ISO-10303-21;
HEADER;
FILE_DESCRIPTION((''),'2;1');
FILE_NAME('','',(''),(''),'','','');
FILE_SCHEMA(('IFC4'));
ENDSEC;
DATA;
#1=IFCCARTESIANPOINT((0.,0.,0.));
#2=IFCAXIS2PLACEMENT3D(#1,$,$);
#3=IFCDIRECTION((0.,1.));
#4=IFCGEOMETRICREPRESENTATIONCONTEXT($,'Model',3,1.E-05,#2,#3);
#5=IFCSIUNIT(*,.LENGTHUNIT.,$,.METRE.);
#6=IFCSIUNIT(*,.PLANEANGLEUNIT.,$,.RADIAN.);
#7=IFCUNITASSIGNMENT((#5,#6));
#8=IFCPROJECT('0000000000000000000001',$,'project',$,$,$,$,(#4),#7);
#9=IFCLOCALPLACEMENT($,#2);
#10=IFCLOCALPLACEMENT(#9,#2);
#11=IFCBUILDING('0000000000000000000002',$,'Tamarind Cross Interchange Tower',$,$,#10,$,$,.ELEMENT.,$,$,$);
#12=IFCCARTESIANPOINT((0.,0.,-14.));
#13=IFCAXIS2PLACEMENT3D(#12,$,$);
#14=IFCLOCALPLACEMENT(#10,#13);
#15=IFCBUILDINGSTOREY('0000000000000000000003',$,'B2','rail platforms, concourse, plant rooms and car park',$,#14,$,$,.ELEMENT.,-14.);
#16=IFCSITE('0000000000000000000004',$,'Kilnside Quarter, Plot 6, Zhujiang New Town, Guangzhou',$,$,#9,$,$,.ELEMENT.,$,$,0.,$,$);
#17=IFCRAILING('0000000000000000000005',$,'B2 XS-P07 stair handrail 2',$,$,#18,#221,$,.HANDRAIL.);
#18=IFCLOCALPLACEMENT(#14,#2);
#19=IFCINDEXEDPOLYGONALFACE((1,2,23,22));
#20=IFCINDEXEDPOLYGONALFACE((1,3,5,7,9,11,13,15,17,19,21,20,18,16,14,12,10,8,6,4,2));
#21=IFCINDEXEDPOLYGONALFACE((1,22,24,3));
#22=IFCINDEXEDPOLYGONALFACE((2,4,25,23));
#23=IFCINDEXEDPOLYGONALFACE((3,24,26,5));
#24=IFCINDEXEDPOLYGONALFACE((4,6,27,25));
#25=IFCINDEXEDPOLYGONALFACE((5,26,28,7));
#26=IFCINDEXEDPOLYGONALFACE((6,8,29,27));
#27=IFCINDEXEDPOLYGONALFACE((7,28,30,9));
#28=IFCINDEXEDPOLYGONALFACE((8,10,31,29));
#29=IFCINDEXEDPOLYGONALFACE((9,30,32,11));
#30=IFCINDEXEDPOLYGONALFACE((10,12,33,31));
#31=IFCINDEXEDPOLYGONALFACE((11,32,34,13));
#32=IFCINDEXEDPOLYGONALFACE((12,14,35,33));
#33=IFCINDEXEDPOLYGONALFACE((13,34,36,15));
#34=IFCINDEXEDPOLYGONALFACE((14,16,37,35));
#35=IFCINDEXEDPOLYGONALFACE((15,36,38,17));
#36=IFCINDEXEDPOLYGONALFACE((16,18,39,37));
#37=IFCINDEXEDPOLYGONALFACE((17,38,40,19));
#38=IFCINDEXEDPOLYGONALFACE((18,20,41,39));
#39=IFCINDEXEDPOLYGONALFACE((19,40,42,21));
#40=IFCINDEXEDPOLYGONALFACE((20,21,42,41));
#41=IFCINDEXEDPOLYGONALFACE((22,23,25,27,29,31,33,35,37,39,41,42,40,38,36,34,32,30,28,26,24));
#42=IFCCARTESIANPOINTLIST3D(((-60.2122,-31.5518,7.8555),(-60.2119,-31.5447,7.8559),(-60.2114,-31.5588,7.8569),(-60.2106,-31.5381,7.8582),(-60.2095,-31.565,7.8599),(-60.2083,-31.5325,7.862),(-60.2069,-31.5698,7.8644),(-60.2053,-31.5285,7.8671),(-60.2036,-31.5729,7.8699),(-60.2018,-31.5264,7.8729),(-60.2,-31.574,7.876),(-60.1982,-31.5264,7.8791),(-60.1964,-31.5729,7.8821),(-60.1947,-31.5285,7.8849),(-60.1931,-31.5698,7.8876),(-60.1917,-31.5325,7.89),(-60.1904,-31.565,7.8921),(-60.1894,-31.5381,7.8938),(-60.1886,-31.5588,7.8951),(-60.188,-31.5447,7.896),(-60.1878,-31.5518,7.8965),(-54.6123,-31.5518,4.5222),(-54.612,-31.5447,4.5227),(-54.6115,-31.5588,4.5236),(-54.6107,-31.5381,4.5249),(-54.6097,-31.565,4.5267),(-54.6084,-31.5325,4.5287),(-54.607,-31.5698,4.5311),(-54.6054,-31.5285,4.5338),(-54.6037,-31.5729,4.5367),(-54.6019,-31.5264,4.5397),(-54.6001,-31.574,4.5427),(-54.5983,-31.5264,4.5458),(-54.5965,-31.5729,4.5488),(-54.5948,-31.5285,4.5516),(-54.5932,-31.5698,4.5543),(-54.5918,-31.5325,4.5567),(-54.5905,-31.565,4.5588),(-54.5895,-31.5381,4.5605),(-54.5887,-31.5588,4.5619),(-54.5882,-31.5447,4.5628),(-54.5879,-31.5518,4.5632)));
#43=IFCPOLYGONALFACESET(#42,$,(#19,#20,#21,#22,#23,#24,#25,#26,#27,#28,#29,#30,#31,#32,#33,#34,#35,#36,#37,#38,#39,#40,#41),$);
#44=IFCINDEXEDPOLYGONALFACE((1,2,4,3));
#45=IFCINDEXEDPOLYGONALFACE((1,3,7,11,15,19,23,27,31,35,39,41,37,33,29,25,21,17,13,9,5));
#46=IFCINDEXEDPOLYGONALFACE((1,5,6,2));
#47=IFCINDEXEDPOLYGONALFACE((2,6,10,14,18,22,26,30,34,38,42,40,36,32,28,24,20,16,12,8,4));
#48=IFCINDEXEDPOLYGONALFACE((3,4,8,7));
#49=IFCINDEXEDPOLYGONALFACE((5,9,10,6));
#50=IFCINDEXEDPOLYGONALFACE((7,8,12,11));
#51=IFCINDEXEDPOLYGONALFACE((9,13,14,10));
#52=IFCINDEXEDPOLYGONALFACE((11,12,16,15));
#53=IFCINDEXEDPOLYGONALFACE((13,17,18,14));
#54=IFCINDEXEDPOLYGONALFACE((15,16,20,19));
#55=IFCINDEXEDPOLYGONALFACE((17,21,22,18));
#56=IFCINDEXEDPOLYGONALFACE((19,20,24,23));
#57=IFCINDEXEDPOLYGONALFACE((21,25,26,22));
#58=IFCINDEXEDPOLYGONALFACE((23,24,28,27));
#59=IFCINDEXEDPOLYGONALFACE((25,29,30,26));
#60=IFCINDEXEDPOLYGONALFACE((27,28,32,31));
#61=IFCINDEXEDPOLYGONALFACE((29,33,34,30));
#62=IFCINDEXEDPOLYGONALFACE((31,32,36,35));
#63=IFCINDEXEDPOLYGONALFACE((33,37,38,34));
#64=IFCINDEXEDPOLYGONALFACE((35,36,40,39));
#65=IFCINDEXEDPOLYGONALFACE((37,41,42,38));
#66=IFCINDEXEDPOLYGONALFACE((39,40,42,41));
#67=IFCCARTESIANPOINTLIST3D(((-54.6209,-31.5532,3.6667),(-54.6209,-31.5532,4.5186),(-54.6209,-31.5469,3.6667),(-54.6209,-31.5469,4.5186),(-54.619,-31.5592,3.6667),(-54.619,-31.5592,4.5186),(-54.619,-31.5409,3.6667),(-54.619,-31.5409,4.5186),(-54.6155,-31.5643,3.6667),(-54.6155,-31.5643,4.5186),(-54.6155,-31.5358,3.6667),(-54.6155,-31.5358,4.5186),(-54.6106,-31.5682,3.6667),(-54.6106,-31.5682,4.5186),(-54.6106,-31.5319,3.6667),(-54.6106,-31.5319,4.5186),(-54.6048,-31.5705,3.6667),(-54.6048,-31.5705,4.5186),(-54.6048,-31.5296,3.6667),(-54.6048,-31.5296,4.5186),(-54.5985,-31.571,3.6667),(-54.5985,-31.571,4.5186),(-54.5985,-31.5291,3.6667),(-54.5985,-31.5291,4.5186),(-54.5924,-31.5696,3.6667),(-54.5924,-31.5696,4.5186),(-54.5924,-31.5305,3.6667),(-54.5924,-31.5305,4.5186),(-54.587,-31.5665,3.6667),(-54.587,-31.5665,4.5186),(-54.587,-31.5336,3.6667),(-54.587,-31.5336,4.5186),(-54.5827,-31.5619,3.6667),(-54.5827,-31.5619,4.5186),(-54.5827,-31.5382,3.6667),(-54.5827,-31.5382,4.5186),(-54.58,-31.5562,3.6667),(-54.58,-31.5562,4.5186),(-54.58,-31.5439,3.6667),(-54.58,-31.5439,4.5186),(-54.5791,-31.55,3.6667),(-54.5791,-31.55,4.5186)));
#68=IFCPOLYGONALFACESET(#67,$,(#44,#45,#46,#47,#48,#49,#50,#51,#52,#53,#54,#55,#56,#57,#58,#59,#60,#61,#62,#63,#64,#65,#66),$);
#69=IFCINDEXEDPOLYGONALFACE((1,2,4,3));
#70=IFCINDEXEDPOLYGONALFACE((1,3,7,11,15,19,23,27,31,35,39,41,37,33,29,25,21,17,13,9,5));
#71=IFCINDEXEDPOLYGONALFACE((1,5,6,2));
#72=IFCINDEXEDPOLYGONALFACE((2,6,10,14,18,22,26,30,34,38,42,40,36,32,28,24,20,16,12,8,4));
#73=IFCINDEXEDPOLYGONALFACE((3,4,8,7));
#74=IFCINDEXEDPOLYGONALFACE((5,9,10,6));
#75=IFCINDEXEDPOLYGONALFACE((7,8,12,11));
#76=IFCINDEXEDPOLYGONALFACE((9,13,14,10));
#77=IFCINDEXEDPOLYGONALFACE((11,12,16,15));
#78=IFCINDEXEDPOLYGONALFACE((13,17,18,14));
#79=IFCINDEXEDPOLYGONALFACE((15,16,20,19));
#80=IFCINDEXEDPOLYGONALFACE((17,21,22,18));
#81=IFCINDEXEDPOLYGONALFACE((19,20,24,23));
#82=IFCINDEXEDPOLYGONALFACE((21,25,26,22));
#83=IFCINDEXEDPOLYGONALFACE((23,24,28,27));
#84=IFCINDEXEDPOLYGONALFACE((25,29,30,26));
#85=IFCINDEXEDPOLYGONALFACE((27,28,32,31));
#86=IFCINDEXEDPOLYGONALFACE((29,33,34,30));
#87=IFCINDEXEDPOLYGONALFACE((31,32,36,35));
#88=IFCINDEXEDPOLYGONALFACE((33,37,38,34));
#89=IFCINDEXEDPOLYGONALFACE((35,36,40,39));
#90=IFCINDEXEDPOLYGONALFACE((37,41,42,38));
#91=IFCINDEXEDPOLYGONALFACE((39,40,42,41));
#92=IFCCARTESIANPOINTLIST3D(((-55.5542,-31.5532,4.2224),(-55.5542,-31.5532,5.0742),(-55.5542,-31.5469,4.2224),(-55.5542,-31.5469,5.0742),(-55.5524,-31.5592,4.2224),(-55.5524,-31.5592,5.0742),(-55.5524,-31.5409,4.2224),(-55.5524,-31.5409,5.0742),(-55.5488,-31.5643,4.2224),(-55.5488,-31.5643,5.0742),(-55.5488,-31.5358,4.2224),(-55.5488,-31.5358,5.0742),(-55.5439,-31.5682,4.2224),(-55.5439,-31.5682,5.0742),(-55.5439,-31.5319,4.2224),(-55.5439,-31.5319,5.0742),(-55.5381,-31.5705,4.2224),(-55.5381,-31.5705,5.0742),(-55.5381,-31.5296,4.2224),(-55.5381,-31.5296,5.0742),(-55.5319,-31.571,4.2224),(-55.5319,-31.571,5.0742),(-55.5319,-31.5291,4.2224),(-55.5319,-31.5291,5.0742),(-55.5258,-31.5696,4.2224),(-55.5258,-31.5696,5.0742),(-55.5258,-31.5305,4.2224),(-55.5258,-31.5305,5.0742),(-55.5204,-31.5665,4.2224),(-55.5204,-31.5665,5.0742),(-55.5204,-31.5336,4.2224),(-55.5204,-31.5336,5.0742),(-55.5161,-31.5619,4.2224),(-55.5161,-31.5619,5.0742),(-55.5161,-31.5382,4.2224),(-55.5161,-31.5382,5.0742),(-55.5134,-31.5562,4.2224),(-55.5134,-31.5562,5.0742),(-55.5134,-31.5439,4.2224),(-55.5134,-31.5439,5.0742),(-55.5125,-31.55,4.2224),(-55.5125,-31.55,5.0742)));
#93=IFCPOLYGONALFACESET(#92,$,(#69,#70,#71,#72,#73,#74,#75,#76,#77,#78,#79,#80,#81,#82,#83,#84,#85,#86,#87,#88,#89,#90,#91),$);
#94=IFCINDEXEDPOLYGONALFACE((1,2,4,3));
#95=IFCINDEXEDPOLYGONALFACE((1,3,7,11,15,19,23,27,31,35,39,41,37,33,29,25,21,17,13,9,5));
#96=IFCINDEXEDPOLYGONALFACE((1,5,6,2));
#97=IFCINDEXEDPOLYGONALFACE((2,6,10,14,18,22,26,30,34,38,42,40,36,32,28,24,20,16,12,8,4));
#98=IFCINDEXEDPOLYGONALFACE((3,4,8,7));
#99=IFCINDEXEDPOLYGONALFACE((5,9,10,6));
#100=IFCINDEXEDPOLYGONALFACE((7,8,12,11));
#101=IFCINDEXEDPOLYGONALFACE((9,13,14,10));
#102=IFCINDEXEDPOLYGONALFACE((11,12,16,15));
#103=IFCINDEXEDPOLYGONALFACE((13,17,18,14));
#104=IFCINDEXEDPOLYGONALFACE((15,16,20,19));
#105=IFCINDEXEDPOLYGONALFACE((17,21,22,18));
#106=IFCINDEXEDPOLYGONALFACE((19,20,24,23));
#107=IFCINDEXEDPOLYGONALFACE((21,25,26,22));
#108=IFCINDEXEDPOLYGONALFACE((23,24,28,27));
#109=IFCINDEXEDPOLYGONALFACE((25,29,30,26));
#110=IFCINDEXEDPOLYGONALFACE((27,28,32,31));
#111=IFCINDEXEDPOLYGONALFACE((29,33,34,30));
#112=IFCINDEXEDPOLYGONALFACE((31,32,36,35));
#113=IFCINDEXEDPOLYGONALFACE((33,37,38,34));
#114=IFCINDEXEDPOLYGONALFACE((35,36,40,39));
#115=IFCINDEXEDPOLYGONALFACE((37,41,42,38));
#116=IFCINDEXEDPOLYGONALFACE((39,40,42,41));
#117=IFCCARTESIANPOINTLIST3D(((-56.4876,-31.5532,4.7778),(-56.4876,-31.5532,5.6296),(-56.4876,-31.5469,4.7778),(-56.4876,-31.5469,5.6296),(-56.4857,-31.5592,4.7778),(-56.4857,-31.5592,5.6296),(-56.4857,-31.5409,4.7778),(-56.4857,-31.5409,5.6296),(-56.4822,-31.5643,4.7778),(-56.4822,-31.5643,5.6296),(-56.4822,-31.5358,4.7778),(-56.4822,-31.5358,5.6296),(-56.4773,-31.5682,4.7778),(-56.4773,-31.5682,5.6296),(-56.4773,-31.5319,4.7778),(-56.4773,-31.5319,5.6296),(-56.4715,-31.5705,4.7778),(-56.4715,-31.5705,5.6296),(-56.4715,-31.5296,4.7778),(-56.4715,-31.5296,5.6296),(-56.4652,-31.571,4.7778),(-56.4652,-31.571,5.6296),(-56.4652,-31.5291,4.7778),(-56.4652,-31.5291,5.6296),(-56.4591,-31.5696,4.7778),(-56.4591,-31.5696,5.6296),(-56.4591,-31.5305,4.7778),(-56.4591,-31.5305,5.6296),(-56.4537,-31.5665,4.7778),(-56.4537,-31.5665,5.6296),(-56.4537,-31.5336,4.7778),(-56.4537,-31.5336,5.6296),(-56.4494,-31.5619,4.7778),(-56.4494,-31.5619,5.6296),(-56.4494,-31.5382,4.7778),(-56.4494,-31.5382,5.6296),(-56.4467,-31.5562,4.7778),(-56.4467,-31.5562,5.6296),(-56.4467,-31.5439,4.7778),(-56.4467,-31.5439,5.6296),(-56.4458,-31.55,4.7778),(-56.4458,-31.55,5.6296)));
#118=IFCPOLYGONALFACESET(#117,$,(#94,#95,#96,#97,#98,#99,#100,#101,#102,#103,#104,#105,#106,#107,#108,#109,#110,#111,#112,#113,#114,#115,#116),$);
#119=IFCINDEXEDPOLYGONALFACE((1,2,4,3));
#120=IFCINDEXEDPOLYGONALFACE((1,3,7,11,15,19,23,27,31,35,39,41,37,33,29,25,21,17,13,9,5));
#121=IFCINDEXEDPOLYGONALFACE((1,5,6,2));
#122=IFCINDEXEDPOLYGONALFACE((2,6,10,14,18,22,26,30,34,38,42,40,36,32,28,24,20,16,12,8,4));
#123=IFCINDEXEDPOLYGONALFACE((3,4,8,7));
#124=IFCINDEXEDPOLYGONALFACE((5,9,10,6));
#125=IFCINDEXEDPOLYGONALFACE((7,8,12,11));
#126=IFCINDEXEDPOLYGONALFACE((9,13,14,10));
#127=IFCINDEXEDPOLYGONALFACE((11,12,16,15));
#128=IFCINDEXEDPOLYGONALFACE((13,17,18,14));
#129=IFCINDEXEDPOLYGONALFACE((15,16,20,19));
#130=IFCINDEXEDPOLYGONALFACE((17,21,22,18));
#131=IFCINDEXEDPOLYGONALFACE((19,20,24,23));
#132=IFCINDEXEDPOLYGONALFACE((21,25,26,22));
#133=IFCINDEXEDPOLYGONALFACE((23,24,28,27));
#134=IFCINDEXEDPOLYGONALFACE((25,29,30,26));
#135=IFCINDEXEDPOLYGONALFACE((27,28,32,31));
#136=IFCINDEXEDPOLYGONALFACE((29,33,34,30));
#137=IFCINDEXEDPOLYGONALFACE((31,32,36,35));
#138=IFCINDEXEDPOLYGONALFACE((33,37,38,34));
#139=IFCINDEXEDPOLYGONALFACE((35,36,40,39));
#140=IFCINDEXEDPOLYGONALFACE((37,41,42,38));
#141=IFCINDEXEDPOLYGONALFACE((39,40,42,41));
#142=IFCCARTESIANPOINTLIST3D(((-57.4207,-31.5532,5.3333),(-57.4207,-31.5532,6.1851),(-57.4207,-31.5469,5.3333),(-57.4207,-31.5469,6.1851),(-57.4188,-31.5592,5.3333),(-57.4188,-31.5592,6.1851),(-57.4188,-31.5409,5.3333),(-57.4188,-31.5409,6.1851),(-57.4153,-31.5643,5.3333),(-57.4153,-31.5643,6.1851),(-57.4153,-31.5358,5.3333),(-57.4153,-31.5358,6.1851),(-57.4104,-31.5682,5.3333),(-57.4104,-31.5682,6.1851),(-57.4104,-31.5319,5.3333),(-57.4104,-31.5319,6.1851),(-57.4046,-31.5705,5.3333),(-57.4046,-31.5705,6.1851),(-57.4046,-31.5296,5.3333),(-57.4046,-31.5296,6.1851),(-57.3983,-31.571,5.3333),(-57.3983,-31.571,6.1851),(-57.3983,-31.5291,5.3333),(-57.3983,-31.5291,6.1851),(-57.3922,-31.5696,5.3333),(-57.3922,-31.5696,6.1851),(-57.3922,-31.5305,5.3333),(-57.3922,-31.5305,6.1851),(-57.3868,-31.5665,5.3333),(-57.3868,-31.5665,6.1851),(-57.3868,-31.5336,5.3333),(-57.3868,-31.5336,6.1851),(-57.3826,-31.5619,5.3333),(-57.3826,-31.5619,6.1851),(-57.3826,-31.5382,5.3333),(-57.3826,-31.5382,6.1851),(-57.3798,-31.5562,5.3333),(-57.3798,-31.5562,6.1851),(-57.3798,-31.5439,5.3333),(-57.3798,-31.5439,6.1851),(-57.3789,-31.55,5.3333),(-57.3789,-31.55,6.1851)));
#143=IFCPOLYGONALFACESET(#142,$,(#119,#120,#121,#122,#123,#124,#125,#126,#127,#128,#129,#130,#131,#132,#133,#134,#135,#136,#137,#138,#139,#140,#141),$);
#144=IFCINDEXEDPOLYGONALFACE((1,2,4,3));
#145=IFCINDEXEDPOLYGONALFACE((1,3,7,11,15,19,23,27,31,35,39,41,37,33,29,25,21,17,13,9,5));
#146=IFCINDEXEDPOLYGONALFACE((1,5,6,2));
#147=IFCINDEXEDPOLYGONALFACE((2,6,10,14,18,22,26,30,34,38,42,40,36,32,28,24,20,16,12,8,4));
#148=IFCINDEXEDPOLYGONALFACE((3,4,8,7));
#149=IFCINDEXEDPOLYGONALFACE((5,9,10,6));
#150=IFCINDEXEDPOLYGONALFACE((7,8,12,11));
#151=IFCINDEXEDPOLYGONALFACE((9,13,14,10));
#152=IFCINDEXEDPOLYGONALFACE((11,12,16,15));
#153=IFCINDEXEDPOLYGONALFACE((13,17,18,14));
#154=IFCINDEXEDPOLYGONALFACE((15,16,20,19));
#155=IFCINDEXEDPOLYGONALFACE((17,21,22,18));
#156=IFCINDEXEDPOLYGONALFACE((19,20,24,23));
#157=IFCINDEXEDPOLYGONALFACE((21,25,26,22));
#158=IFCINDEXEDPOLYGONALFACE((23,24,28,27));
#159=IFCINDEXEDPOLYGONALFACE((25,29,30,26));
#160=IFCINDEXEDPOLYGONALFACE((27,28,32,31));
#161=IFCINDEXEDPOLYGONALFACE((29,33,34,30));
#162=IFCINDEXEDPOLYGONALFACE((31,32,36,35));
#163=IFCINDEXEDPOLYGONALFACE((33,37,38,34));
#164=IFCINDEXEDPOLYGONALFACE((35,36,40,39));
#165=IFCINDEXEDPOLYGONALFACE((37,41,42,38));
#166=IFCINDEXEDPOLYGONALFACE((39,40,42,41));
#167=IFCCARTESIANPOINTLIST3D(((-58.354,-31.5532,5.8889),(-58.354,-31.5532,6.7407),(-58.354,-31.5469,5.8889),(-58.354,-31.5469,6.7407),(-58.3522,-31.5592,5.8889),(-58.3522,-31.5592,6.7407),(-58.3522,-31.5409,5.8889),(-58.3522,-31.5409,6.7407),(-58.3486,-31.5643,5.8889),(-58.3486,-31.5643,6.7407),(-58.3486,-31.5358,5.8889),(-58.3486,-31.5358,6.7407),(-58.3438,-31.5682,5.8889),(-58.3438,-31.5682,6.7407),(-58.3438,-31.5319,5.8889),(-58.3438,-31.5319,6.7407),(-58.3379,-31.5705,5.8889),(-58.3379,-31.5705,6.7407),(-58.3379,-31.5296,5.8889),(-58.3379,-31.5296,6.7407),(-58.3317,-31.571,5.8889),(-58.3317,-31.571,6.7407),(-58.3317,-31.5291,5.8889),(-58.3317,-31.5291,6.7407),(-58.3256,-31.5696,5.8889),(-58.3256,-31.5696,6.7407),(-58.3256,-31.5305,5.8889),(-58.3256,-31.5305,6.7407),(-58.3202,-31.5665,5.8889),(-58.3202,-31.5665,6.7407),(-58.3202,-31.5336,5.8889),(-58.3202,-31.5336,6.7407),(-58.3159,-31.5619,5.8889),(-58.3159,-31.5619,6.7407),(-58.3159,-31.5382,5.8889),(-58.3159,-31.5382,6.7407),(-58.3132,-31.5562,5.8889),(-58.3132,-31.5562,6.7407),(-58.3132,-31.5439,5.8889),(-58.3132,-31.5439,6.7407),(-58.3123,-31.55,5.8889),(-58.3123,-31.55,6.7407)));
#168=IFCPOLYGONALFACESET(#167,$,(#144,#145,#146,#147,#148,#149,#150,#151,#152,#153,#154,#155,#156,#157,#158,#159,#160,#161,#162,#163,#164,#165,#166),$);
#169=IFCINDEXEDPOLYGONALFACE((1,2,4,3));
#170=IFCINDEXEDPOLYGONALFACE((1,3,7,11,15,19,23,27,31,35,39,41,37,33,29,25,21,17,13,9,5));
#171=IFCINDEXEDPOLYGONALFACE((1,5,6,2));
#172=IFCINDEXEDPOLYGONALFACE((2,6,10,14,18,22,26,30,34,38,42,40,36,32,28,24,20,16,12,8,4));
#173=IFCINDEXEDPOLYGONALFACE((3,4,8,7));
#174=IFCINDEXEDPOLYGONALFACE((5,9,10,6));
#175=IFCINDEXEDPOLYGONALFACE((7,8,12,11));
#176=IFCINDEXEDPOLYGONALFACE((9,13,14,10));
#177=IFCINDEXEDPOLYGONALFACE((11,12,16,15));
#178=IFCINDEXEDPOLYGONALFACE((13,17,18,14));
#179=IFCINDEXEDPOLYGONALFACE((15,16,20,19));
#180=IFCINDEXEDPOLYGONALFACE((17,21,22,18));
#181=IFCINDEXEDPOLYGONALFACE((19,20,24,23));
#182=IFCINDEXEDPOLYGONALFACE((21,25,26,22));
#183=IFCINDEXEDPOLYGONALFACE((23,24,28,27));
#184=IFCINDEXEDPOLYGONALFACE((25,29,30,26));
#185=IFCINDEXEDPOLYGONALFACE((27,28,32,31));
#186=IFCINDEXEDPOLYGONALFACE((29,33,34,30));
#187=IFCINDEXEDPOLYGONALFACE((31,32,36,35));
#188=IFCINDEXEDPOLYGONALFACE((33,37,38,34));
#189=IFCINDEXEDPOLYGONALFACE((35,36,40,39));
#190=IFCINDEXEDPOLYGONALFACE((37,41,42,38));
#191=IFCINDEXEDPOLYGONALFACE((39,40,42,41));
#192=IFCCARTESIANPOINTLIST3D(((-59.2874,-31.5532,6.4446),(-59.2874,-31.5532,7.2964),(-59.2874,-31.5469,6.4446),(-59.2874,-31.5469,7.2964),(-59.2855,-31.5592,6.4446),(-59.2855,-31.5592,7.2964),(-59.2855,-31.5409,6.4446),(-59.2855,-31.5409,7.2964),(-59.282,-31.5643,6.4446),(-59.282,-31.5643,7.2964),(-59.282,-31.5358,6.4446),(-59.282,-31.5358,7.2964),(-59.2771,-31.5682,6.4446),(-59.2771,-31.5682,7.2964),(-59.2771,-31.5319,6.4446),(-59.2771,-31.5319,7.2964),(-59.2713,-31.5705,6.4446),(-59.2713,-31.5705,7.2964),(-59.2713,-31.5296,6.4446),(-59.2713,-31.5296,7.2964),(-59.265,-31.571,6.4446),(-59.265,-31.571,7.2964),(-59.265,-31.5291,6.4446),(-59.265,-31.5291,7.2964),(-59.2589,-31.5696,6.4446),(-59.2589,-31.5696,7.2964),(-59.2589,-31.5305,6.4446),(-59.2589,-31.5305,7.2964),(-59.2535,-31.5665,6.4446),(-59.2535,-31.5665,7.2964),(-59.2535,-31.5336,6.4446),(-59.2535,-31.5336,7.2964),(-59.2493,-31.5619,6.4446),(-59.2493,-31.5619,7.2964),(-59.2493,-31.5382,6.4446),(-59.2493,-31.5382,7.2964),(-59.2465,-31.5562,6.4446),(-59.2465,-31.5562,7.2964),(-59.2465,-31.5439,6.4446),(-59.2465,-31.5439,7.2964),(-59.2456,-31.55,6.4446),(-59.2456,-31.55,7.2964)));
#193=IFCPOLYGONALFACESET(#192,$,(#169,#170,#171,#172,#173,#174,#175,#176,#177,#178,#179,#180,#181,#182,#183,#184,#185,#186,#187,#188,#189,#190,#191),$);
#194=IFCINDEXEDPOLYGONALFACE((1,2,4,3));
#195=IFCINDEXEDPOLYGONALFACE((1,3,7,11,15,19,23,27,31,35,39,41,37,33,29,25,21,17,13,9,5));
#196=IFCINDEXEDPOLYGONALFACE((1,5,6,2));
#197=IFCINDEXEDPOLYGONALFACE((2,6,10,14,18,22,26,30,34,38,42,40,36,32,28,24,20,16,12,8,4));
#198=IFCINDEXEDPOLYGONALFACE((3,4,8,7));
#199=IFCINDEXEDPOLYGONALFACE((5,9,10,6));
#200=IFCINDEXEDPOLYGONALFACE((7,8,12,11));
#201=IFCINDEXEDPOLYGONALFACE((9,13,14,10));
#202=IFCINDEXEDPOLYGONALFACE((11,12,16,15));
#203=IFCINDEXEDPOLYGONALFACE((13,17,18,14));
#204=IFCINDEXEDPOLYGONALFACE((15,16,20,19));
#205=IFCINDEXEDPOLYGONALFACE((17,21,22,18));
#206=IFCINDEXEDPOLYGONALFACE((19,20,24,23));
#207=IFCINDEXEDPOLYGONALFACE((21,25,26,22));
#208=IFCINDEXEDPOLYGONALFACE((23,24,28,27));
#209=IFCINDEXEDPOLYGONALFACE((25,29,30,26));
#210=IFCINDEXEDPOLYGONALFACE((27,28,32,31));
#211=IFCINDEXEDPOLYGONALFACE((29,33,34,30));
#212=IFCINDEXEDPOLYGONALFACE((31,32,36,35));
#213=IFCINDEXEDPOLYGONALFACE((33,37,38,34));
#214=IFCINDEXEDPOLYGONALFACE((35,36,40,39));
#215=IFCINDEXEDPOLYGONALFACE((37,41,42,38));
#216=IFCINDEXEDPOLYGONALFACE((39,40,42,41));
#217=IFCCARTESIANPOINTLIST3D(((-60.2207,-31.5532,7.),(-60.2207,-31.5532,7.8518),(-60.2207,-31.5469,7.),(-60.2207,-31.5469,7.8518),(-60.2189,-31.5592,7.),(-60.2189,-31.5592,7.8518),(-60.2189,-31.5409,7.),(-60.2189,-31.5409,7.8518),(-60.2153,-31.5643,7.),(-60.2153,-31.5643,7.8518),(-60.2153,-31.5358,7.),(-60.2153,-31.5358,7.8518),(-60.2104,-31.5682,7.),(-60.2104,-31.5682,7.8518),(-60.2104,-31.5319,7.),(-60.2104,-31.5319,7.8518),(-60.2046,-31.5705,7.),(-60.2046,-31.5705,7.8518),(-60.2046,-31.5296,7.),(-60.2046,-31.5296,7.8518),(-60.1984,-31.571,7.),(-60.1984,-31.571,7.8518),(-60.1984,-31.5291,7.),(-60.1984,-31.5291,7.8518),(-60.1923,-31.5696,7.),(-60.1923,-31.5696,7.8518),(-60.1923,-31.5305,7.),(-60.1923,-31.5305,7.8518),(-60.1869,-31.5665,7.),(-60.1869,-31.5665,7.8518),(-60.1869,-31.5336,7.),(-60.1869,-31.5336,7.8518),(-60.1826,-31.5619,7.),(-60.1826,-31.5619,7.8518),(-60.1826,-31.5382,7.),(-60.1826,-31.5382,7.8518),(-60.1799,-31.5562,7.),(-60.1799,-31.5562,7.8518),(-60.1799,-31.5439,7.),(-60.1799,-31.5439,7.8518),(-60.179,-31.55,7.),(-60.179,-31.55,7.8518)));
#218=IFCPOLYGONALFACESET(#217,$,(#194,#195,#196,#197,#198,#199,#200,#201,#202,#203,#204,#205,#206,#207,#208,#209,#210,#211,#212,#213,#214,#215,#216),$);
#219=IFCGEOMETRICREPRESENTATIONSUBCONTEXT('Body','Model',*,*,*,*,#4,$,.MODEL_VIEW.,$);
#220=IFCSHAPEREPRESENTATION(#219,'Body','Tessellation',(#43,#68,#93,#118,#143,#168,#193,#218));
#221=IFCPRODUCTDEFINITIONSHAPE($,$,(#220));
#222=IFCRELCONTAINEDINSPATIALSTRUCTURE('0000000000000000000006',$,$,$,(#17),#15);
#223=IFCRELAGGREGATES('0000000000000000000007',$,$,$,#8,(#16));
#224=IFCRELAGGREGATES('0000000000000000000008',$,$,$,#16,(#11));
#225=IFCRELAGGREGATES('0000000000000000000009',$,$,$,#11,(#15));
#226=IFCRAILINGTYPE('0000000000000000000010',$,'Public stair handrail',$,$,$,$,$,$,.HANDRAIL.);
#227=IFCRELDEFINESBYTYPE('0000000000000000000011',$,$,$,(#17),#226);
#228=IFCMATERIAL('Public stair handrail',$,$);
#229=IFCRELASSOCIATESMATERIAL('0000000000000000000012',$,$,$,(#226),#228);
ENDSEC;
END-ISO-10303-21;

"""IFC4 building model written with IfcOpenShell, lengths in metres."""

from ifc_helpers import new_model, si_unit, direction, frame, origin, origin_2d, place, context, subcontext, project, spatial, circle, extrude, material, type_object, element, save


model = new_model("IFC4")

# Units and contexts
model_context = context("Model", 3, precision=1e-05, world=origin(), true_north=direction((0.0, 1.0)))
body_context = subcontext(model_context, "Body", "Model", "MODEL_VIEW")
ifc_project = project(units=[si_unit("LENGTHUNIT", "METRE"), si_unit("PLANEANGLEUNIT", "RADIAN")], contexts=[model_context])

# Site, building, storey
site_placement = place(None, origin())
site = spatial("IfcSite", under=ifc_project, at=site_placement, Name="Kilnside Quarter, Plot 6, Zhujiang New Town, Guangzhou", CompositionType="ELEMENT", RefElevation=0.0)
building_placement = place(site_placement, origin())
building = spatial("IfcBuilding", under=site, at=building_placement, Name="Tamarind Cross Interchange Tower", CompositionType="ELEMENT")
storey_placement = place(building_placement, frame((0.0, 0.0, -14.0)))
storey = spatial("IfcBuildingStorey", under=building, at=storey_placement, Name="B2", Description="rail platforms, concourse, plant rooms and car park", CompositionType="ELEMENT", Elevation=-14.0)

# Railing
ifc_material_1 = material(Name="Public stair handrail")
railing_type_1 = type_object("IfcRailingType", Name="Public stair handrail", PredefinedType="HANDRAIL", material=ifc_material_1)
railing_1_placement = place(storey_placement, frame((-54.6001, -31.55, 3.6667)))
element("IfcRailing", 1, at=railing_1_placement, inside=storey, type_object=railing_type_1, Name="B2 XS-P07 stair handrail 2", PredefinedType="HANDRAIL", context=body_context, shape_type="SweptSolid", body=[
    extrude(circle(Radius=0.0239, at=origin_2d()), frame((0.0, 0.0, 0.876), z_axis=(-0.859292, 0.0, 0.511485), x_axis=(0.0, -1.0, 0.0)), (0.0, 0.0, 1.0), 6.5168),
    extrude(circle(Radius=0.021, at=origin_2d()), origin(), (0.0, 0.0, 1.0), 0.8518),
    extrude(circle(Radius=0.021, at=origin_2d()), frame((-0.9333, 0.0, 0.5557)), (0.0, 0.0, 1.0), 0.8518),
    extrude(circle(Radius=0.021, at=origin_2d()), frame((-1.8667, 0.0, 1.1111)), (0.0, 0.0, 1.0), 0.8518),
    extrude(circle(Radius=0.021, at=origin_2d()), frame((-2.7998, 0.0, 1.6665)), (0.0, 0.0, 1.0), 0.8518),
    extrude(circle(Radius=0.021, at=origin_2d()), frame((-3.7332, 0.0, 2.2222)), (0.0, 0.0, 1.0), 0.8518),
    extrude(circle(Radius=0.021, at=origin_2d()), frame((-4.6665, 0.0, 2.7778)), (0.0, 0.0, 1.0), 0.8518),
    extrude(circle(Radius=0.021, at=origin_2d()), frame((-5.5999, 0.0, 3.3333)), (0.0, 0.0, 1.0), 0.8518),
])

save(model, "model.ifc")
